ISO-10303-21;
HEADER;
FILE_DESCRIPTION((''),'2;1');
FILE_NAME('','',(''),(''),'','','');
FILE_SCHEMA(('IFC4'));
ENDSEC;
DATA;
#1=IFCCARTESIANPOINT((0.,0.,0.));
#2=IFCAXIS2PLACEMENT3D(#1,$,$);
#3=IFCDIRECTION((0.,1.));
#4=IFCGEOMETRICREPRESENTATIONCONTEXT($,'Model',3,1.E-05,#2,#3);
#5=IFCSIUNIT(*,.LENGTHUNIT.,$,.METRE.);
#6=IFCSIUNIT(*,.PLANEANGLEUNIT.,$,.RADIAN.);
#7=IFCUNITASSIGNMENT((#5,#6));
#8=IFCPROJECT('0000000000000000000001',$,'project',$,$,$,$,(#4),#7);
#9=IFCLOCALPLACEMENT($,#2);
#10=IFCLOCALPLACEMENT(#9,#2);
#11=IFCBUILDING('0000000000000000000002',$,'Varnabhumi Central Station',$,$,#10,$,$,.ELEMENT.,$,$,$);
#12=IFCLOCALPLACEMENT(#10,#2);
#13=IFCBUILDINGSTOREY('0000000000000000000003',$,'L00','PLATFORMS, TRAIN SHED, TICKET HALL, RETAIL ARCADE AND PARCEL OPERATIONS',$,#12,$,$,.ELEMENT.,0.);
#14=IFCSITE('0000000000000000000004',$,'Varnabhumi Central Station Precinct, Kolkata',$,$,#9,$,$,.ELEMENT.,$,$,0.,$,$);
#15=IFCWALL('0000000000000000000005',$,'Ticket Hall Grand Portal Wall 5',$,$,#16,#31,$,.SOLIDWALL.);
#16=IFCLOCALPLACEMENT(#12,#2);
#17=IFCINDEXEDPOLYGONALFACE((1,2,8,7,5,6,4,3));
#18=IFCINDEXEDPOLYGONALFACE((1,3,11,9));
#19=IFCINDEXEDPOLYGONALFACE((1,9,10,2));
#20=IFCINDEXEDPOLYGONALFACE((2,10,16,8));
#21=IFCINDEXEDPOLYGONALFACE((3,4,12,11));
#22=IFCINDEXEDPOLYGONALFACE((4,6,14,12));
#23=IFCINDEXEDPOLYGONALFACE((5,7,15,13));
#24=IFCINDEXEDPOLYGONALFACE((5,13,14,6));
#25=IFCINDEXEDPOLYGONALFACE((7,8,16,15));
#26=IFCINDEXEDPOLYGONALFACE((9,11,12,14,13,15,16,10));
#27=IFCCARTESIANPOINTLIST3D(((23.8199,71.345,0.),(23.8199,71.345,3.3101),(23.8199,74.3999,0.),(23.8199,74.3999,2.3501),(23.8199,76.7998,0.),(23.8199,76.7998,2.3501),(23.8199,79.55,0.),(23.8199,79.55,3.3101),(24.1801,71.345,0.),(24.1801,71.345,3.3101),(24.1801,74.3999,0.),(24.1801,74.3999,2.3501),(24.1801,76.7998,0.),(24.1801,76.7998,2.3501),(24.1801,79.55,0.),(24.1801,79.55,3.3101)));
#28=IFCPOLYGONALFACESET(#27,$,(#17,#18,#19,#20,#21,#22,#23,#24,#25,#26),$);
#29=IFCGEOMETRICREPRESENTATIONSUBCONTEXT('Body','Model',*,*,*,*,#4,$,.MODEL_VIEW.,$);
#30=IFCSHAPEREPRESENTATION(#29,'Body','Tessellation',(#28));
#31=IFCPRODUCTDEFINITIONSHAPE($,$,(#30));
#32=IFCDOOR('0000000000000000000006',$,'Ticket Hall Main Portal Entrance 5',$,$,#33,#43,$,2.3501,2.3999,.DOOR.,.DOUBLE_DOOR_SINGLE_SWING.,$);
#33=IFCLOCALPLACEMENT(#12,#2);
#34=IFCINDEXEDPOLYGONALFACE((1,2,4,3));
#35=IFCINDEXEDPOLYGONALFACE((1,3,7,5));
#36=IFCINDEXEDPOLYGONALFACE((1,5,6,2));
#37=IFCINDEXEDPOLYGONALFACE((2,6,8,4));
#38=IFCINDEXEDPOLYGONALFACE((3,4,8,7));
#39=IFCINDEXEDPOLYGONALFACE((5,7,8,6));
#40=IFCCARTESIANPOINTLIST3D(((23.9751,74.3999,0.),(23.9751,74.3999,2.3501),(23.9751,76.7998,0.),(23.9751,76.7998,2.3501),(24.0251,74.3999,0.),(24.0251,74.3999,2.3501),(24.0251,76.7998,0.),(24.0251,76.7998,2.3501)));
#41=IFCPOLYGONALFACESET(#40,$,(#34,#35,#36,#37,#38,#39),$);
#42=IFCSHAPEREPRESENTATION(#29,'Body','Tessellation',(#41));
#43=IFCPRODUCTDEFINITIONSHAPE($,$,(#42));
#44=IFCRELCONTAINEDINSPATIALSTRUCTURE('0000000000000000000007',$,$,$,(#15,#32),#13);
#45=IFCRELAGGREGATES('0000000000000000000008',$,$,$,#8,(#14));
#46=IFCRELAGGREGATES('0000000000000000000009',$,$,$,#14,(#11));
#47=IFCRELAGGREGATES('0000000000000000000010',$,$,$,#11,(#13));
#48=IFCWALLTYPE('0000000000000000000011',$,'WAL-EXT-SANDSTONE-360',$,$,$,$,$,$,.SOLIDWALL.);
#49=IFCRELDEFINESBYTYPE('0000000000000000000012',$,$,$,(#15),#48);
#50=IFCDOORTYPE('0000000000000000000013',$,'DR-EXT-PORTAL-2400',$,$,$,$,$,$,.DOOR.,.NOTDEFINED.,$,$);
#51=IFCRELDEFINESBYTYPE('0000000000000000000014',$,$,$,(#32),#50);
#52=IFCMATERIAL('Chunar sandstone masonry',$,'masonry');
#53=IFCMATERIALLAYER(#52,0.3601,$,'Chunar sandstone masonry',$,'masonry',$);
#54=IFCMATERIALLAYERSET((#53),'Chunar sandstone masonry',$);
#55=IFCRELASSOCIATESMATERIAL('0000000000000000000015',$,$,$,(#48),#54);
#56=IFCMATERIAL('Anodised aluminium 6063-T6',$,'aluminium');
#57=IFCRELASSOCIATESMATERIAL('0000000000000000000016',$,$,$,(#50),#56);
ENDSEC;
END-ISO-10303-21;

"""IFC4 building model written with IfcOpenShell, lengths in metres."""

from ifc_helpers import new_model, si_unit, direction, frame, frame_2d, origin, place, context, subcontext, project, spatial, rectangle, extrude, material, layer, layer_set, type_object, element, fill, save


model = new_model("IFC4")

# Units and contexts
model_context = context("Model", 3, precision=1e-05, world=origin(), true_north=direction((0.0, 1.0)))
body_context = subcontext(model_context, "Body", "Model", "MODEL_VIEW")
ifc_project = project(units=[si_unit("LENGTHUNIT", "METRE"), si_unit("PLANEANGLEUNIT", "RADIAN")], contexts=[model_context])

# Site, building, storey
site_placement = place(None, origin())
site = spatial("IfcSite", under=ifc_project, at=site_placement, Name="Varnabhumi Central Station Precinct, Kolkata", CompositionType="ELEMENT", RefElevation=0.0)
building_placement = place(site_placement, origin())
building = spatial("IfcBuilding", under=site, at=building_placement, Name="Varnabhumi Central Station", CompositionType="ELEMENT")
storey_placement = place(building_placement, origin())
storey = spatial("IfcBuildingStorey", under=building, at=storey_placement, Name="L00", Description="PLATFORMS, TRAIN SHED, TICKET HALL, RETAIL ARCADE AND PARCEL OPERATIONS", CompositionType="ELEMENT", Elevation=0.0)

# Shared definitions
ifc_material_1 = material(Name="Anodised aluminium 6063-T6", Category="aluminium")

# Wall, opening, door
ifc_material_2 = material(Name="Chunar sandstone masonry", Category="masonry")
ifc_layer_1 = layer(ifc_material_2, 0.3601, Name="Chunar sandstone masonry", Category="masonry")
ifc_layer_set_1 = layer_set([ifc_layer_1], Name="Chunar sandstone masonry")
wall_type = type_object("IfcWallType", Name="WAL-EXT-SANDSTONE-360", PredefinedType="SOLIDWALL", material=ifc_layer_set_1)
door_type = type_object("IfcDoorType", Name="DR-EXT-PORTAL-2400", OperationType="NOTDEFINED", PredefinedType="DOOR", material=ifc_material_1)
wall_1_placement = place(storey_placement, frame((24.0, 71.345, 0.0), z_axis=(0.0, 0.0, 1.0), x_axis=(0.0, 1.0, 0.0)))
wall_1 = element("IfcWall", 1, at=wall_1_placement, inside=storey, type_object=wall_type, Name="Ticket Hall Grand Portal Wall 5", PredefinedType="SOLIDWALL", context=body_context, shape_type="SweptSolid", body=[
    extrude(rectangle(XDim=8.2051, YDim=0.3601, at=frame_2d((4.1025, 0.0))), origin(), (0.0, 0.0, 1.0), 3.3101),
])
opening_1_placement = place(wall_1_placement, frame((3.0549, 0.0, 0.0)))
opening_1 = element("IfcOpeningElement", 2, at=opening_1_placement, cuts=wall_1, PredefinedType="OPENING", context=body_context, shape_type="SweptSolid", body=[
    extrude(rectangle(XDim=2.3999, YDim=2.3501, at=frame_2d((1.2, 1.175))), frame((0.0, 0.1899, 0.0), z_axis=(0.0, -1.0, 0.0), x_axis=(1.0, 0.0, 0.0)), (0.0, 0.0, 1.0), 0.3801),
])
door_1_placement = place(opening_1_placement, origin())
door_1 = element("IfcDoor", 3, at=door_1_placement, inside=storey, type_object=door_type, Name="Ticket Hall Main Portal Entrance 5", OperationType="DOUBLE_DOOR_SINGLE_SWING", OverallHeight=2.3501, OverallWidth=2.3999, PredefinedType="DOOR", context=body_context, shape_type="SweptSolid", body=[
    extrude(rectangle(XDim=2.3999, YDim=2.3501, at=frame_2d((1.2, 1.175))), frame((0.0, 0.0249, 0.0), z_axis=(0.0, -1.0, 0.0), x_axis=(1.0, 0.0, 0.0)), (0.0, 0.0, 1.0), 0.05),
])
fill(opening_1, door_1)

save(model, "model.ifc")
